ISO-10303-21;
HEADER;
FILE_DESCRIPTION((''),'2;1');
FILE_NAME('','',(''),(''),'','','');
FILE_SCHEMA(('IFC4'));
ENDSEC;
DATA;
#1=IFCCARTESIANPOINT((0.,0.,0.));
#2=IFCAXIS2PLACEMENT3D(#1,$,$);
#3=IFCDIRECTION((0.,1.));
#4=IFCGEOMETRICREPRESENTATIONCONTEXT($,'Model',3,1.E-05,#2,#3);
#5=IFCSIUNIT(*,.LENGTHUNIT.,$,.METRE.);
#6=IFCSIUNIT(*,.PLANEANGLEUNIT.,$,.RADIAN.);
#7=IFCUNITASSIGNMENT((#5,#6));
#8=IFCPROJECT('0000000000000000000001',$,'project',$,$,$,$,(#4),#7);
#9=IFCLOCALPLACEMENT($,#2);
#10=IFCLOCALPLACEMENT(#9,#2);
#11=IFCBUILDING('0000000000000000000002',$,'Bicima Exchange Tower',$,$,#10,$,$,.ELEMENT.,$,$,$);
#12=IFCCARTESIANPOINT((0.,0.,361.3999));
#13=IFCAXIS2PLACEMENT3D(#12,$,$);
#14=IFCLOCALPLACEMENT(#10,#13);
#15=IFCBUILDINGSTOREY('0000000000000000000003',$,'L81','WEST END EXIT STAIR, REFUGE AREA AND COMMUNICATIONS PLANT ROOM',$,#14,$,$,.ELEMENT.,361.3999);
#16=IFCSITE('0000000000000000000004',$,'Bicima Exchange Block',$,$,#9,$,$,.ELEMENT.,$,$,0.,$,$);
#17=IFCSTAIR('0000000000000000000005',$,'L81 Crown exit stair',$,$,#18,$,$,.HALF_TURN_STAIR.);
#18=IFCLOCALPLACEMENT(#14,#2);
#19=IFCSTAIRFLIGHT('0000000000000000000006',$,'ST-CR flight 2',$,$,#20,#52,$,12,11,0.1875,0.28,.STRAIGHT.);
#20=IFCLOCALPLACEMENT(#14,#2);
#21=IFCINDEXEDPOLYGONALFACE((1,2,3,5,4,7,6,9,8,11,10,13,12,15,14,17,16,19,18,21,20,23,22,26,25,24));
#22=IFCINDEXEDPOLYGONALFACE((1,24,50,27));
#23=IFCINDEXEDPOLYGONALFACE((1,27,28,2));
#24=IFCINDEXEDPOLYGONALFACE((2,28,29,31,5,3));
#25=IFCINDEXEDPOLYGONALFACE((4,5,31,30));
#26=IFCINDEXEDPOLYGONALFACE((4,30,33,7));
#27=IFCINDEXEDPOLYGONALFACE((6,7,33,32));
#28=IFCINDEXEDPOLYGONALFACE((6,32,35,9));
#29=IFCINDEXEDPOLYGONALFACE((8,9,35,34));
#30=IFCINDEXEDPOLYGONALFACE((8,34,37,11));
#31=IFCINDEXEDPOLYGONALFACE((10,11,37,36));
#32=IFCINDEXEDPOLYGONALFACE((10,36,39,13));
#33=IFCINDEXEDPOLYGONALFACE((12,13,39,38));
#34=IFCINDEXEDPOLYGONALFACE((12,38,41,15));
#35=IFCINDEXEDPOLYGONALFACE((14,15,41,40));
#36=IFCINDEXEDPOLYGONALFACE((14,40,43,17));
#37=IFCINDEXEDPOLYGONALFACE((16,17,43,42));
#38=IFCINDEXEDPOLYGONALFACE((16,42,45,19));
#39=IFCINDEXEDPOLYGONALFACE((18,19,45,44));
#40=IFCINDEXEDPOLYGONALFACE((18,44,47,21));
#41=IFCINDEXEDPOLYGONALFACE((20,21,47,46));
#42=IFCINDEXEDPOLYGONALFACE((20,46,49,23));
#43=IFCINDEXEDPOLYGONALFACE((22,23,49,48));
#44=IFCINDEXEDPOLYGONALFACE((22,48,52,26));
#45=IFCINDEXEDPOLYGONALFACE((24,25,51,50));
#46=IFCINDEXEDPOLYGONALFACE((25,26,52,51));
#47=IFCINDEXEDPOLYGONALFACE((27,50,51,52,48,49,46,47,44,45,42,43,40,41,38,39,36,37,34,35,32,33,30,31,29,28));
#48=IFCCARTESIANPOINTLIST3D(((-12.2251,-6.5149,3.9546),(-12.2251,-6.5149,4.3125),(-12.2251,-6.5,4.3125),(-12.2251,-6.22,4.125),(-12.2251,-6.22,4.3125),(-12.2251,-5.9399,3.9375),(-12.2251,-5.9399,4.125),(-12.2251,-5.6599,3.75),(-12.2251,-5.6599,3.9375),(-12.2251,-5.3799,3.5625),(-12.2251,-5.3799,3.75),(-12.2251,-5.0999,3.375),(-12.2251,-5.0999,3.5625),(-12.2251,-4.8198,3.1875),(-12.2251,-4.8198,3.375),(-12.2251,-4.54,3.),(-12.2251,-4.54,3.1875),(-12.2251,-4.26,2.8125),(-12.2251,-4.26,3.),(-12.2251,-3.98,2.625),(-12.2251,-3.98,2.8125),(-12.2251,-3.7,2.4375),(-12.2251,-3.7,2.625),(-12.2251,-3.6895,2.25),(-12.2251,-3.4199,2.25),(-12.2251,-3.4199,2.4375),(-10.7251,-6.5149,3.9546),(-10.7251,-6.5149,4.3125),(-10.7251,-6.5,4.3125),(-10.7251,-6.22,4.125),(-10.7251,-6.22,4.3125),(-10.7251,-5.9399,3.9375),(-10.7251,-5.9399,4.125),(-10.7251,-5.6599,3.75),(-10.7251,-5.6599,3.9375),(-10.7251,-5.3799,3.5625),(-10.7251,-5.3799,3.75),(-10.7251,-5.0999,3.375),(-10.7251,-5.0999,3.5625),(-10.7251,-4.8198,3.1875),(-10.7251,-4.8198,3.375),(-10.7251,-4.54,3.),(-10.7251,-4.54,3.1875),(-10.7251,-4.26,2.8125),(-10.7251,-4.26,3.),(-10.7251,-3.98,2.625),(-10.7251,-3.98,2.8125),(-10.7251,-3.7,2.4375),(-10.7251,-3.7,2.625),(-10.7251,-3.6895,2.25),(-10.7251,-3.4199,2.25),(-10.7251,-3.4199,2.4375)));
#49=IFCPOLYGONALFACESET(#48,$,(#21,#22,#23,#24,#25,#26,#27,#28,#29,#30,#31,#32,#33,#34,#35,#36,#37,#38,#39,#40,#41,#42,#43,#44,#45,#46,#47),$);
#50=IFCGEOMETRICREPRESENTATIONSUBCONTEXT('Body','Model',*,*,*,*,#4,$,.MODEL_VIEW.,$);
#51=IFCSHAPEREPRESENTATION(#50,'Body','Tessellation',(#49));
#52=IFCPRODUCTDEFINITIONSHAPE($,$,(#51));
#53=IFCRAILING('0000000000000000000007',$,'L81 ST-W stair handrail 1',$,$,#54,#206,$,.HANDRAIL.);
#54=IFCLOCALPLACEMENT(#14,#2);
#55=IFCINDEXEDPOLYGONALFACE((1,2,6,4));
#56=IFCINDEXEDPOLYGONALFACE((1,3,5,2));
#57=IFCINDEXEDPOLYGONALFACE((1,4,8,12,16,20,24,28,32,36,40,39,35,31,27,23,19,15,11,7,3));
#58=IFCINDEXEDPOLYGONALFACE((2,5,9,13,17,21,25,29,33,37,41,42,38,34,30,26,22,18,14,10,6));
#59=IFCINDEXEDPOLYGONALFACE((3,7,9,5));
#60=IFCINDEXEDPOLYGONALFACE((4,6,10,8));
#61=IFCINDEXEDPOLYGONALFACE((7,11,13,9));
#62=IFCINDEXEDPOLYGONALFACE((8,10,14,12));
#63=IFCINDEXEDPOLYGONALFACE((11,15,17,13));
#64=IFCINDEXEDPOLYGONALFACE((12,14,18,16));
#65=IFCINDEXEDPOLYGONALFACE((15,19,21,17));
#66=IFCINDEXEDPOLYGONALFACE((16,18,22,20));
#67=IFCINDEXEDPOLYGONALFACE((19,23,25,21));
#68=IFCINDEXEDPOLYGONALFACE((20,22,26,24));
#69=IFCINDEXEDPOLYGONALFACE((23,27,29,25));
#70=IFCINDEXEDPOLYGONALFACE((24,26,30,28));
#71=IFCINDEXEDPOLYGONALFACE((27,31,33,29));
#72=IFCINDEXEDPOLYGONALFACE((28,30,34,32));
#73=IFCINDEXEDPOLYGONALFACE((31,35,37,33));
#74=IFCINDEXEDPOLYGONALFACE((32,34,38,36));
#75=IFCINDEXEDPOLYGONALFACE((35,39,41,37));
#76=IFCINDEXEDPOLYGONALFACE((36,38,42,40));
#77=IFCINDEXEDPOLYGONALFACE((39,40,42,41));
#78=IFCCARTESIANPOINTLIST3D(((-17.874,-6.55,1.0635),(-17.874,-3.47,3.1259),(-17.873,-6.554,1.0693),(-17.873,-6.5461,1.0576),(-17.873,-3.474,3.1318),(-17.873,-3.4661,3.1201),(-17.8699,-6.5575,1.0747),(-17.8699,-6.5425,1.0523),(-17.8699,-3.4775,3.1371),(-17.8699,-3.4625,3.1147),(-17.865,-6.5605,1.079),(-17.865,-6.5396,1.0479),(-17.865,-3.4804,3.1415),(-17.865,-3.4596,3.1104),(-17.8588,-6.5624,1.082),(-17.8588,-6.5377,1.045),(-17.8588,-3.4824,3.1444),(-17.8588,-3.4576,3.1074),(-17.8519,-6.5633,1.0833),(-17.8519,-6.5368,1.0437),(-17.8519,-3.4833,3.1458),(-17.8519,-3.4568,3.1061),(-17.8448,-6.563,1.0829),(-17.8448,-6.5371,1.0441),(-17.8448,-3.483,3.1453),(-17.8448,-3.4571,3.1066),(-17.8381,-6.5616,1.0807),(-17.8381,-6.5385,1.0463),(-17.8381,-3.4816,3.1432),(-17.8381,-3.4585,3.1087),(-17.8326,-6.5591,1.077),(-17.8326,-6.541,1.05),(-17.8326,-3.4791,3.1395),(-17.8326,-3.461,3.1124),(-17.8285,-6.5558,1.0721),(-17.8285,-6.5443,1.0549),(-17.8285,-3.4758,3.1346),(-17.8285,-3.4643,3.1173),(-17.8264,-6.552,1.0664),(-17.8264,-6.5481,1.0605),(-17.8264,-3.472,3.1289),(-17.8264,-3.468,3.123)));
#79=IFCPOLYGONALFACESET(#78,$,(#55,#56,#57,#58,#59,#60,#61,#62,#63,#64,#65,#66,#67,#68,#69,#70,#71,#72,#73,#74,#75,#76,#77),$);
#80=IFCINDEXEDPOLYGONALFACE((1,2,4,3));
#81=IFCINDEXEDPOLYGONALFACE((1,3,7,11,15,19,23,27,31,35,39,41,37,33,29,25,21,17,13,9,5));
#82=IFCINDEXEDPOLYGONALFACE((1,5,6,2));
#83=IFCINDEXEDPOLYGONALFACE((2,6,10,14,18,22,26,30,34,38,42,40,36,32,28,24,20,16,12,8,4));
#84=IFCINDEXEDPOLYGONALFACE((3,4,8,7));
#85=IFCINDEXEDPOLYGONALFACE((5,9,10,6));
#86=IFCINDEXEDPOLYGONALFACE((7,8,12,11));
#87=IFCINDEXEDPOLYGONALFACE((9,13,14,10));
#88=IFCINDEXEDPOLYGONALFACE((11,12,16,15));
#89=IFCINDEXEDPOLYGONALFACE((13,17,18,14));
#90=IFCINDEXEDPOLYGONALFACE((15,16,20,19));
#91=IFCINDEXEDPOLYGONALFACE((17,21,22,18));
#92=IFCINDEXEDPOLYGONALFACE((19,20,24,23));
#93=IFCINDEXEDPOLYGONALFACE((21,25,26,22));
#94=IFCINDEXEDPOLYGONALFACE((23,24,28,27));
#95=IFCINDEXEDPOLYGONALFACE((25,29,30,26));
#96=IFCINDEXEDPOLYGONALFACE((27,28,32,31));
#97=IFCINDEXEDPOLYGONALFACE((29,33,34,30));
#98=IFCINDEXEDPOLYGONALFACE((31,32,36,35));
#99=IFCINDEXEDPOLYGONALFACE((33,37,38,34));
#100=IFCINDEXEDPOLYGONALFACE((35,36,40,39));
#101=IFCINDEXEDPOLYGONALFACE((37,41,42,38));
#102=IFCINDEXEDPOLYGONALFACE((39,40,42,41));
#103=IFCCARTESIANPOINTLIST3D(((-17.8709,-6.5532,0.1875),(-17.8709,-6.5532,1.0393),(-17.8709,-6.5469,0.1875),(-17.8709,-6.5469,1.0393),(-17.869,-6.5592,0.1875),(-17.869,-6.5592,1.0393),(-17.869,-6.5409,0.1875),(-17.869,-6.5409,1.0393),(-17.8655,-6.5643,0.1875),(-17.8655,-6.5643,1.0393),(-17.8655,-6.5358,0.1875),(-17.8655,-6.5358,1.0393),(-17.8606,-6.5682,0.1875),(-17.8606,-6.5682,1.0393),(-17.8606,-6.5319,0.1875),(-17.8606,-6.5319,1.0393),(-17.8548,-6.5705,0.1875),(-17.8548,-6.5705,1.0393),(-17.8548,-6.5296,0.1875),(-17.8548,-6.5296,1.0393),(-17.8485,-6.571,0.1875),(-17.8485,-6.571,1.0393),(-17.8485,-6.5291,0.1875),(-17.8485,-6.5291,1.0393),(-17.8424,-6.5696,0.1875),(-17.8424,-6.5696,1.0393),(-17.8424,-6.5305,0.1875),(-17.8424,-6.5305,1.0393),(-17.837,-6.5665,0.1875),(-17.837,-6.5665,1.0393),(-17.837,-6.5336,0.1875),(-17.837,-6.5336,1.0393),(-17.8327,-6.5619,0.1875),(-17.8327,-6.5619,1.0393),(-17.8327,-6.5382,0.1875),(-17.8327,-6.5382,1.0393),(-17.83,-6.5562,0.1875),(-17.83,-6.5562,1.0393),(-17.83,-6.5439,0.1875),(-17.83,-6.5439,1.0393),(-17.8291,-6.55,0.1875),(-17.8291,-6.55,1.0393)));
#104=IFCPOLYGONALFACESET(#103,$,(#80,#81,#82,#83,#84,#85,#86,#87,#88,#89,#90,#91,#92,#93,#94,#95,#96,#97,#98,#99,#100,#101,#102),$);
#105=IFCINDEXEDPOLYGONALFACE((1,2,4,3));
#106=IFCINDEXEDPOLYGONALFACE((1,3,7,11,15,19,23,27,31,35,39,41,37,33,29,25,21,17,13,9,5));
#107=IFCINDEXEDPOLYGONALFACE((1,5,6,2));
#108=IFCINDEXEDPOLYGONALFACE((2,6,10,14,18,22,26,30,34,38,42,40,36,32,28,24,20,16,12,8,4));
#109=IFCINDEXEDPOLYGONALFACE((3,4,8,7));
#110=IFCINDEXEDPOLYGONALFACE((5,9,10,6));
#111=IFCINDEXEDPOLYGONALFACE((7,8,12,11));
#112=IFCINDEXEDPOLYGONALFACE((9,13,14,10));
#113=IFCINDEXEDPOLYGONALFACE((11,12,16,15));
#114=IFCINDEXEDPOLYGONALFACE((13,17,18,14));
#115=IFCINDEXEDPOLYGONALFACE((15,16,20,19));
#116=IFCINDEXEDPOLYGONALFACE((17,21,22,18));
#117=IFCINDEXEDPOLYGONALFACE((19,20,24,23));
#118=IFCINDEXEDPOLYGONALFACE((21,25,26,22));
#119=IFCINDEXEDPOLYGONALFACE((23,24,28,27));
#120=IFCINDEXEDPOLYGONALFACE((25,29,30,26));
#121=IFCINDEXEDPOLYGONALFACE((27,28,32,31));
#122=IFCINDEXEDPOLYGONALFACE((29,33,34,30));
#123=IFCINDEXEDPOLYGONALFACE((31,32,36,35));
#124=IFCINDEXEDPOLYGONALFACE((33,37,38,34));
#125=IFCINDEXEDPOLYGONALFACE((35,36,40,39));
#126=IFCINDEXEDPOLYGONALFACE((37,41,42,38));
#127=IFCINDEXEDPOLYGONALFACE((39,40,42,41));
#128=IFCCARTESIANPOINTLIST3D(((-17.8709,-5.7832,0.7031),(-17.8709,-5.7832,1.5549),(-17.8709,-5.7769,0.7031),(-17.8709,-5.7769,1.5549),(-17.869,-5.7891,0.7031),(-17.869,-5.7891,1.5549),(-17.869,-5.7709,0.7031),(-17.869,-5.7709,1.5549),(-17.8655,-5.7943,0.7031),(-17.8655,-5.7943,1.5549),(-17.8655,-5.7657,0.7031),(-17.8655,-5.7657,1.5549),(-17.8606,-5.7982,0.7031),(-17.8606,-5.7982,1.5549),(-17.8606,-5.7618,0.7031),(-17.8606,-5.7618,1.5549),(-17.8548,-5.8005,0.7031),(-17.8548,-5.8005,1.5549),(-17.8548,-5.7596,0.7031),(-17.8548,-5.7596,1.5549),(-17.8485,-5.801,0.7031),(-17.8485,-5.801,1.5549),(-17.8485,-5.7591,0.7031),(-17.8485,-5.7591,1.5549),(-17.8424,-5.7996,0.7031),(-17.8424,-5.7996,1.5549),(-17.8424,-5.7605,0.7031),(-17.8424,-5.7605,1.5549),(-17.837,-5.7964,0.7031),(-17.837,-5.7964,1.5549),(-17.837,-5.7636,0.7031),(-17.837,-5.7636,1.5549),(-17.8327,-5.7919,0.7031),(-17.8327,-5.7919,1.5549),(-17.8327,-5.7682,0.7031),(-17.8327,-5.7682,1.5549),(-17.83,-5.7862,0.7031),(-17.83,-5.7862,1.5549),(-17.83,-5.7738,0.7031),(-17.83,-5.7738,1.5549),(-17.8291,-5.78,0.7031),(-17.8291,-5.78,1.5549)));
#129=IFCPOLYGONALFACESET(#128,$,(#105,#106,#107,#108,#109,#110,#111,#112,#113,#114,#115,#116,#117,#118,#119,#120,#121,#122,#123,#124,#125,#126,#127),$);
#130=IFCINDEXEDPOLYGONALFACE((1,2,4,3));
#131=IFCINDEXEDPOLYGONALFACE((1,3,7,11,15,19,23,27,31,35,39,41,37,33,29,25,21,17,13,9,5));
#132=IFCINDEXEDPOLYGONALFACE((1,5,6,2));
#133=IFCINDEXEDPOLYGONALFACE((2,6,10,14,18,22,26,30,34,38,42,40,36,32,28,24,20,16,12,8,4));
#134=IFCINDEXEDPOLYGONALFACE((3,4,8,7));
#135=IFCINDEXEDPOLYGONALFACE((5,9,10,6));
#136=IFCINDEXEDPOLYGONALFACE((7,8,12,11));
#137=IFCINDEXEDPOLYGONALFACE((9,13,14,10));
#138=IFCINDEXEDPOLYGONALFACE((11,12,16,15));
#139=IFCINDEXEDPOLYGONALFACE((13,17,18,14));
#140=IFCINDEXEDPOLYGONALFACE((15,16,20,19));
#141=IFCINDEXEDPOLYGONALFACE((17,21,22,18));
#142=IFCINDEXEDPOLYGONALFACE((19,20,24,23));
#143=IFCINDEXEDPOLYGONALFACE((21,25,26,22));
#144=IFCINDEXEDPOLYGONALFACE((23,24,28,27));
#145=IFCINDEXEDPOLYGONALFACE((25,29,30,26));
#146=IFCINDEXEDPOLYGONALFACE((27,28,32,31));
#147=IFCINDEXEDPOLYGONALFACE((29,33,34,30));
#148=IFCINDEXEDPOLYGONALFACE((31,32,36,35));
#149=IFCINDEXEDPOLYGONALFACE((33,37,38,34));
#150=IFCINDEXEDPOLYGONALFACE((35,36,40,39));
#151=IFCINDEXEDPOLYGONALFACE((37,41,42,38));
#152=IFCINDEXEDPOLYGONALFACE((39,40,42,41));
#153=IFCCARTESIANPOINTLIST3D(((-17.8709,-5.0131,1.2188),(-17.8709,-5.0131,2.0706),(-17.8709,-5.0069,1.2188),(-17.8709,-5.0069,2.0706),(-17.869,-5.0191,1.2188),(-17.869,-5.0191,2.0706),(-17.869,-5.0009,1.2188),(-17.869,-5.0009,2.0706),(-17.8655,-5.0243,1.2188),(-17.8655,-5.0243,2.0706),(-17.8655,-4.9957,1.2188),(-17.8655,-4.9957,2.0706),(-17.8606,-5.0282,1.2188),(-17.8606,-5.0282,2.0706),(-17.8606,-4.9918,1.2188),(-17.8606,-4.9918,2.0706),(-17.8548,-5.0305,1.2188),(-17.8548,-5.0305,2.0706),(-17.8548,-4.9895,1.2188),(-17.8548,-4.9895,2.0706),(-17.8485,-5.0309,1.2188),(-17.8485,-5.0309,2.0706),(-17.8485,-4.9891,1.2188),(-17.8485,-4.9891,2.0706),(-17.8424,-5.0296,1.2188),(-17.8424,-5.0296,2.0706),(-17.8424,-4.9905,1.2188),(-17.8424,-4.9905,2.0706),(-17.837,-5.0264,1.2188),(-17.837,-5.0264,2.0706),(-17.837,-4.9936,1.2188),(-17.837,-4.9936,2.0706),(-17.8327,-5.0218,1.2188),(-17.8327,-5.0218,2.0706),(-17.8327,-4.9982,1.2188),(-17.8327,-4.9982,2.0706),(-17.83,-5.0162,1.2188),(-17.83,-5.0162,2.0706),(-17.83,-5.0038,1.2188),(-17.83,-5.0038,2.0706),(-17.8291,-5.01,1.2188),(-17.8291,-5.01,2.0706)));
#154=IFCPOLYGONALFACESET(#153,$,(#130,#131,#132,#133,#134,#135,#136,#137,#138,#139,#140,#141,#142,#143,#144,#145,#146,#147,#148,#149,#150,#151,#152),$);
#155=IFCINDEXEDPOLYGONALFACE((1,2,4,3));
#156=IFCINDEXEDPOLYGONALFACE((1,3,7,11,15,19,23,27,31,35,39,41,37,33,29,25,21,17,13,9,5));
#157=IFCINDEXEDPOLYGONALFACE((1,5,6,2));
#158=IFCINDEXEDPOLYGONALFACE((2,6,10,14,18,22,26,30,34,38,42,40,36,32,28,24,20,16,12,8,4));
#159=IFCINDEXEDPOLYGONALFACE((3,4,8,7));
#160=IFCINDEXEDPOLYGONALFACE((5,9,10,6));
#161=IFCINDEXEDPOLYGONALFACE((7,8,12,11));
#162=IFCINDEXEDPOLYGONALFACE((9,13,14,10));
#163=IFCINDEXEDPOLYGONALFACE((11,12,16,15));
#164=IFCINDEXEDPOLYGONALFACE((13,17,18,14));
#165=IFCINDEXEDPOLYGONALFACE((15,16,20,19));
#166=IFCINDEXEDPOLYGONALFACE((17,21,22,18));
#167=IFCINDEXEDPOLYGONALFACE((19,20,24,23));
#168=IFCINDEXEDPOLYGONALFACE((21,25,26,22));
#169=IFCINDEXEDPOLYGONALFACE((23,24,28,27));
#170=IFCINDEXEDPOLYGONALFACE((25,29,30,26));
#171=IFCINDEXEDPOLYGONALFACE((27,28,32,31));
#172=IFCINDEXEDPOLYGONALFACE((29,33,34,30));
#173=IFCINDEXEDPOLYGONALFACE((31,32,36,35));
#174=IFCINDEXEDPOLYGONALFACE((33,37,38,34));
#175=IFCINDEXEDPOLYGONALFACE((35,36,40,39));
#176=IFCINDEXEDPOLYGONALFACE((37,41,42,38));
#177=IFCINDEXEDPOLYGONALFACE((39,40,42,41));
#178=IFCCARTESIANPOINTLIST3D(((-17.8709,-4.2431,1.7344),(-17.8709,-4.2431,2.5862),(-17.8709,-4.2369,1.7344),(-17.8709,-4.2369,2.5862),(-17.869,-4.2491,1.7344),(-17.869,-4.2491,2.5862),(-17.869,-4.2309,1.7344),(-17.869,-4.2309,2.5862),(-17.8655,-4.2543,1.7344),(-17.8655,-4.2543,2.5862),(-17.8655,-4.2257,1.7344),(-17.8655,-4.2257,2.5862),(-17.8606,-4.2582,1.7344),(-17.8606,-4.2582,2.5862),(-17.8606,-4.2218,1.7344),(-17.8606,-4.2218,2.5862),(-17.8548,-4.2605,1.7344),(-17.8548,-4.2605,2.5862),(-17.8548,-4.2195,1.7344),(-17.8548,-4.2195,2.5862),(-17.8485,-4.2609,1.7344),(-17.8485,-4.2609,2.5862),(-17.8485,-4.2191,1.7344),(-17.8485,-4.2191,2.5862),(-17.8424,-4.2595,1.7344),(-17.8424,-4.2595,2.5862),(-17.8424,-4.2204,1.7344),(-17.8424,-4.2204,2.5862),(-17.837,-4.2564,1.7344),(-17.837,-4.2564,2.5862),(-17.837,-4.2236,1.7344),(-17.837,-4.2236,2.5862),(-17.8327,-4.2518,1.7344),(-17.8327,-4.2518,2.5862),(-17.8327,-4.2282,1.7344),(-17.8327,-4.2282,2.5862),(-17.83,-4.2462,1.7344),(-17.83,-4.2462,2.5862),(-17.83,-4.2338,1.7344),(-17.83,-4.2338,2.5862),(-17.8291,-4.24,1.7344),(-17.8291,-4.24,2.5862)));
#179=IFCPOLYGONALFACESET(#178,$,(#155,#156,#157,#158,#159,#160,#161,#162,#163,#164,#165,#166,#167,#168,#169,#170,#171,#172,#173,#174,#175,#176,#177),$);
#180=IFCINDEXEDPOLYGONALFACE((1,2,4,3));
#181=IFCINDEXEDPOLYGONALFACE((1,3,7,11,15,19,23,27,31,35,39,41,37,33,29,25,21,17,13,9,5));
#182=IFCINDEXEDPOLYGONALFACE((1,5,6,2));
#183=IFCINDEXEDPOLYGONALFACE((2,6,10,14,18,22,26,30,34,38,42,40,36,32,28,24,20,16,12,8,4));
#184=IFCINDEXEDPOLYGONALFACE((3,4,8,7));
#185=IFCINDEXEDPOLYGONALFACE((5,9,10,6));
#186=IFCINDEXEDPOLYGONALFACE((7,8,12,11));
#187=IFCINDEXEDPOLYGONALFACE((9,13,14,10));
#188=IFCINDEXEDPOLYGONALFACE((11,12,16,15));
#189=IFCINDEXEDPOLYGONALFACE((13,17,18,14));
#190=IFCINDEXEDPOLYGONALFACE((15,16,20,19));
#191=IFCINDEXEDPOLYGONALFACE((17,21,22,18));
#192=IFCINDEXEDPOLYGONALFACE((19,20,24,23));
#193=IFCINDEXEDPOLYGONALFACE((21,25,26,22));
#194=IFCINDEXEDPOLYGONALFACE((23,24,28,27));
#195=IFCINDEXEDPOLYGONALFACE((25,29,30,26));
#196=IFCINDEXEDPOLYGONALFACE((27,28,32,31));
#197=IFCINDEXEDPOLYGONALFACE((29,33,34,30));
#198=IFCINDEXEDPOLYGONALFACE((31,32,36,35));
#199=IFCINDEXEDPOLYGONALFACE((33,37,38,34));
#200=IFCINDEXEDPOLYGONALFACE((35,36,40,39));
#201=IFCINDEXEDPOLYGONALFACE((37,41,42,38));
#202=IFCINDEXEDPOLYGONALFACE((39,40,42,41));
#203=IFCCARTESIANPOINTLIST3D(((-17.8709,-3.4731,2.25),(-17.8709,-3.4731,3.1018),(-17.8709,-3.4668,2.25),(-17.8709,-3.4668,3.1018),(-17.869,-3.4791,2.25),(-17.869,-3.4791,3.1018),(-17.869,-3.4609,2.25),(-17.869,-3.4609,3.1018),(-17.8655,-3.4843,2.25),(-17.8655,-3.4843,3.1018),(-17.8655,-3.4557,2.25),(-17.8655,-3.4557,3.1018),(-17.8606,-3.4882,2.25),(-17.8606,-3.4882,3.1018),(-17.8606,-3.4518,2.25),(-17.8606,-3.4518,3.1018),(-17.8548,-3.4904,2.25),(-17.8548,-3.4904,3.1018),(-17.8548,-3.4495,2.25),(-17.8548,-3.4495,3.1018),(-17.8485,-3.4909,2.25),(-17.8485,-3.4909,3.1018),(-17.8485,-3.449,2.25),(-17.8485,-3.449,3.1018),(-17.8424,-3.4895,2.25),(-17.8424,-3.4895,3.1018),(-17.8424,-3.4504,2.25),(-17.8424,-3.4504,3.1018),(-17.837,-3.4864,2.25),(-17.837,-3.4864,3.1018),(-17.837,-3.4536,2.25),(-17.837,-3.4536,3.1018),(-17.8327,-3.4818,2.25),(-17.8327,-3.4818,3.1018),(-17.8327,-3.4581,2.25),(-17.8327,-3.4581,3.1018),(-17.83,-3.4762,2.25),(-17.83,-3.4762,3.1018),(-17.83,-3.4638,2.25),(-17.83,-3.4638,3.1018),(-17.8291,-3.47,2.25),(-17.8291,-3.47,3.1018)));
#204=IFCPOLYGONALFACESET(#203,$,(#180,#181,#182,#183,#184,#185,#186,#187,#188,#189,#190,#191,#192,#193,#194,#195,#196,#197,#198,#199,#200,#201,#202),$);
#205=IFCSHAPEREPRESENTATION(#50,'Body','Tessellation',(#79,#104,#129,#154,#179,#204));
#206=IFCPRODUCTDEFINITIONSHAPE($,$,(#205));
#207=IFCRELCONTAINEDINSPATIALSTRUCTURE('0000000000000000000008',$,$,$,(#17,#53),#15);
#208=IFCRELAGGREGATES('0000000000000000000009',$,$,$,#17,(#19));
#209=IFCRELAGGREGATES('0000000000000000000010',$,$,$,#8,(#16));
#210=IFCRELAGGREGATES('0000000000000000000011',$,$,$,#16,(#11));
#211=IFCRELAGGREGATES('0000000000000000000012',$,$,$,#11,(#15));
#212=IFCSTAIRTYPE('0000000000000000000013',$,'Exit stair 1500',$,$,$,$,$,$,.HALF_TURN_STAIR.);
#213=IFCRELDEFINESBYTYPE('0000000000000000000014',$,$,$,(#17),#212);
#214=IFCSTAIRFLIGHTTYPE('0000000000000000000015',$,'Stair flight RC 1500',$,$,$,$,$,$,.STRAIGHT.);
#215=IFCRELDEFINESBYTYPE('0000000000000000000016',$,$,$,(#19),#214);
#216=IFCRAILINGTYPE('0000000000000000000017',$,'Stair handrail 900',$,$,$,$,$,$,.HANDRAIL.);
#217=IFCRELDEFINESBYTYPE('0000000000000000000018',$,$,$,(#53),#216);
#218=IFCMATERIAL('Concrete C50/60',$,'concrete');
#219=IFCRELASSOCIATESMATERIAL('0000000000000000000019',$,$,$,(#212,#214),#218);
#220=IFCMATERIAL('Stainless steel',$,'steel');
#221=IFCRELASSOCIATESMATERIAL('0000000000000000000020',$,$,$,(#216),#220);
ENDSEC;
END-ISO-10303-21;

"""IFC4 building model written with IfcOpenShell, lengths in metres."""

from ifc_helpers import new_model, si_unit, direction, frame, origin, origin_2d, place, context, subcontext, project, spatial, polyline, circle, outline, extrude, material, type_object, element, aggregate, save


model = new_model("IFC4")

# Units and contexts
model_context = context("Model", 3, precision=1e-05, world=origin(), true_north=direction((0.0, 1.0)))
body_context = subcontext(model_context, "Body", "Model", "MODEL_VIEW")
ifc_project = project(units=[si_unit("LENGTHUNIT", "METRE"), si_unit("PLANEANGLEUNIT", "RADIAN")], contexts=[model_context])

# Site, building, storey
site_placement = place(None, origin())
site = spatial("IfcSite", under=ifc_project, at=site_placement, Name="Bicima Exchange Block", CompositionType="ELEMENT", RefElevation=0.0)
building_placement = place(site_placement, origin())
building = spatial("IfcBuilding", under=site, at=building_placement, Name="Bicima Exchange Tower", CompositionType="ELEMENT")
storey_placement = place(building_placement, frame((0.0, 0.0, 361.3999)))
storey = spatial("IfcBuildingStorey", under=building, at=storey_placement, Name="L81", Description="WEST END EXIT STAIR, REFUGE AREA AND COMMUNICATIONS PLANT ROOM", CompositionType="ELEMENT", Elevation=361.3999)

# Shared definitions
ifc_material_1 = material(Name="Stainless steel", Category="steel")

# Shared definitions
ifc_material_2 = material(Name="Concrete C50/60", Category="concrete")

# Stair, stair flight
stair_type_1 = type_object("IfcStairType", Name="Exit stair 1500", PredefinedType="HALF_TURN_STAIR", material=ifc_material_2)
stair_1_placement = place(storey_placement, origin())
stair_1 = element("IfcStair", 1, at=stair_1_placement, inside=storey, type_object=stair_type_1, Name="L81 Crown exit stair", PredefinedType="HALF_TURN_STAIR")
stair_flight_type_1 = type_object("IfcStairFlightType", Name="Stair flight RC 1500", PredefinedType="STRAIGHT", material=ifc_material_2)
stair_flight_1_placement = place(storey_placement, frame((-11.4751, -3.4199, 2.25), z_axis=(0.0, 0.0, 1.0), x_axis=(0.0, -1.0, 0.0)))
stair_flight_1 = element("IfcStairFlight", 2, at=stair_flight_1_placement, type_object=stair_flight_type_1, Name="ST-CR flight 2", NumberOfRisers=12, NumberOfTreads=11, PredefinedType="STRAIGHT", RiserHeight=0.1875, TreadLength=0.28, context=body_context, shape_type="SweptSolid", body=[
    extrude(outline(polyline([(0.0, 0.0), (0.0, 0.1875), (0.28, 0.1875), (0.28, 0.375), (0.5601, 0.375), (0.5601, 0.5625), (0.8401, 0.5625), (0.8401, 0.75), (1.1201, 0.75), (1.1201, 0.9375), (1.3999, 0.9375), (1.3999, 1.125), (1.6799, 1.125), (1.6799, 1.3125), (1.96, 1.3125), (1.96, 1.5), (2.24, 1.5), (2.24, 1.6875), (2.52, 1.6875), (2.52, 1.875), (2.8, 1.875), (2.8, 2.0625), (3.0801, 2.0625), (3.095, 2.0625), (3.095, 1.7046), (0.2695, 0.0), (0.0, 0.0)])), frame((0.0, 0.75, 0.0), z_axis=(0.0, -1.0, 0.0), x_axis=(1.0, 0.0, 0.0)), (0.0, 0.0, 1.0), 1.5),
])
aggregate(stair_1, [stair_flight_1])

# Railing
railing_type_1 = type_object("IfcRailingType", Name="Stair handrail 900", PredefinedType="HANDRAIL", material=ifc_material_1)
railing_1_placement = place(storey_placement, frame((-17.8501, -6.55, 0.1875)))
element("IfcRailing", 3, at=railing_1_placement, inside=storey, type_object=railing_type_1, Name="L81 ST-W stair handrail 1", PredefinedType="HANDRAIL", context=body_context, shape_type="SweptSolid", body=[
    extrude(circle(Radius=0.0239, at=origin_2d()), frame((0.0, 0.0, 0.876), z_axis=(0.0, 0.830914, 0.556401), x_axis=(-1.0, 0.0, 0.0)), (0.0, 0.0, 1.0), 3.7068),
    extrude(circle(Radius=0.021, at=origin_2d()), origin(), (0.0, 0.0, 1.0), 0.8518),
    extrude(circle(Radius=0.021, at=origin_2d()), frame((0.0, 0.77, 0.5156)), (0.0, 0.0, 1.0), 0.8518),
    extrude(circle(Radius=0.021, at=origin_2d()), frame((0.0, 1.54, 1.0312)), (0.0, 0.0, 1.0), 0.8518),
    extrude(circle(Radius=0.021, at=origin_2d()), frame((0.0, 2.3101, 1.5469)), (0.0, 0.0, 1.0), 0.8518),
    extrude(circle(Radius=0.021, at=origin_2d()), frame((0.0, 3.0801, 2.0625)), (0.0, 0.0, 1.0), 0.8518),
])

save(model, "model.ifc")
